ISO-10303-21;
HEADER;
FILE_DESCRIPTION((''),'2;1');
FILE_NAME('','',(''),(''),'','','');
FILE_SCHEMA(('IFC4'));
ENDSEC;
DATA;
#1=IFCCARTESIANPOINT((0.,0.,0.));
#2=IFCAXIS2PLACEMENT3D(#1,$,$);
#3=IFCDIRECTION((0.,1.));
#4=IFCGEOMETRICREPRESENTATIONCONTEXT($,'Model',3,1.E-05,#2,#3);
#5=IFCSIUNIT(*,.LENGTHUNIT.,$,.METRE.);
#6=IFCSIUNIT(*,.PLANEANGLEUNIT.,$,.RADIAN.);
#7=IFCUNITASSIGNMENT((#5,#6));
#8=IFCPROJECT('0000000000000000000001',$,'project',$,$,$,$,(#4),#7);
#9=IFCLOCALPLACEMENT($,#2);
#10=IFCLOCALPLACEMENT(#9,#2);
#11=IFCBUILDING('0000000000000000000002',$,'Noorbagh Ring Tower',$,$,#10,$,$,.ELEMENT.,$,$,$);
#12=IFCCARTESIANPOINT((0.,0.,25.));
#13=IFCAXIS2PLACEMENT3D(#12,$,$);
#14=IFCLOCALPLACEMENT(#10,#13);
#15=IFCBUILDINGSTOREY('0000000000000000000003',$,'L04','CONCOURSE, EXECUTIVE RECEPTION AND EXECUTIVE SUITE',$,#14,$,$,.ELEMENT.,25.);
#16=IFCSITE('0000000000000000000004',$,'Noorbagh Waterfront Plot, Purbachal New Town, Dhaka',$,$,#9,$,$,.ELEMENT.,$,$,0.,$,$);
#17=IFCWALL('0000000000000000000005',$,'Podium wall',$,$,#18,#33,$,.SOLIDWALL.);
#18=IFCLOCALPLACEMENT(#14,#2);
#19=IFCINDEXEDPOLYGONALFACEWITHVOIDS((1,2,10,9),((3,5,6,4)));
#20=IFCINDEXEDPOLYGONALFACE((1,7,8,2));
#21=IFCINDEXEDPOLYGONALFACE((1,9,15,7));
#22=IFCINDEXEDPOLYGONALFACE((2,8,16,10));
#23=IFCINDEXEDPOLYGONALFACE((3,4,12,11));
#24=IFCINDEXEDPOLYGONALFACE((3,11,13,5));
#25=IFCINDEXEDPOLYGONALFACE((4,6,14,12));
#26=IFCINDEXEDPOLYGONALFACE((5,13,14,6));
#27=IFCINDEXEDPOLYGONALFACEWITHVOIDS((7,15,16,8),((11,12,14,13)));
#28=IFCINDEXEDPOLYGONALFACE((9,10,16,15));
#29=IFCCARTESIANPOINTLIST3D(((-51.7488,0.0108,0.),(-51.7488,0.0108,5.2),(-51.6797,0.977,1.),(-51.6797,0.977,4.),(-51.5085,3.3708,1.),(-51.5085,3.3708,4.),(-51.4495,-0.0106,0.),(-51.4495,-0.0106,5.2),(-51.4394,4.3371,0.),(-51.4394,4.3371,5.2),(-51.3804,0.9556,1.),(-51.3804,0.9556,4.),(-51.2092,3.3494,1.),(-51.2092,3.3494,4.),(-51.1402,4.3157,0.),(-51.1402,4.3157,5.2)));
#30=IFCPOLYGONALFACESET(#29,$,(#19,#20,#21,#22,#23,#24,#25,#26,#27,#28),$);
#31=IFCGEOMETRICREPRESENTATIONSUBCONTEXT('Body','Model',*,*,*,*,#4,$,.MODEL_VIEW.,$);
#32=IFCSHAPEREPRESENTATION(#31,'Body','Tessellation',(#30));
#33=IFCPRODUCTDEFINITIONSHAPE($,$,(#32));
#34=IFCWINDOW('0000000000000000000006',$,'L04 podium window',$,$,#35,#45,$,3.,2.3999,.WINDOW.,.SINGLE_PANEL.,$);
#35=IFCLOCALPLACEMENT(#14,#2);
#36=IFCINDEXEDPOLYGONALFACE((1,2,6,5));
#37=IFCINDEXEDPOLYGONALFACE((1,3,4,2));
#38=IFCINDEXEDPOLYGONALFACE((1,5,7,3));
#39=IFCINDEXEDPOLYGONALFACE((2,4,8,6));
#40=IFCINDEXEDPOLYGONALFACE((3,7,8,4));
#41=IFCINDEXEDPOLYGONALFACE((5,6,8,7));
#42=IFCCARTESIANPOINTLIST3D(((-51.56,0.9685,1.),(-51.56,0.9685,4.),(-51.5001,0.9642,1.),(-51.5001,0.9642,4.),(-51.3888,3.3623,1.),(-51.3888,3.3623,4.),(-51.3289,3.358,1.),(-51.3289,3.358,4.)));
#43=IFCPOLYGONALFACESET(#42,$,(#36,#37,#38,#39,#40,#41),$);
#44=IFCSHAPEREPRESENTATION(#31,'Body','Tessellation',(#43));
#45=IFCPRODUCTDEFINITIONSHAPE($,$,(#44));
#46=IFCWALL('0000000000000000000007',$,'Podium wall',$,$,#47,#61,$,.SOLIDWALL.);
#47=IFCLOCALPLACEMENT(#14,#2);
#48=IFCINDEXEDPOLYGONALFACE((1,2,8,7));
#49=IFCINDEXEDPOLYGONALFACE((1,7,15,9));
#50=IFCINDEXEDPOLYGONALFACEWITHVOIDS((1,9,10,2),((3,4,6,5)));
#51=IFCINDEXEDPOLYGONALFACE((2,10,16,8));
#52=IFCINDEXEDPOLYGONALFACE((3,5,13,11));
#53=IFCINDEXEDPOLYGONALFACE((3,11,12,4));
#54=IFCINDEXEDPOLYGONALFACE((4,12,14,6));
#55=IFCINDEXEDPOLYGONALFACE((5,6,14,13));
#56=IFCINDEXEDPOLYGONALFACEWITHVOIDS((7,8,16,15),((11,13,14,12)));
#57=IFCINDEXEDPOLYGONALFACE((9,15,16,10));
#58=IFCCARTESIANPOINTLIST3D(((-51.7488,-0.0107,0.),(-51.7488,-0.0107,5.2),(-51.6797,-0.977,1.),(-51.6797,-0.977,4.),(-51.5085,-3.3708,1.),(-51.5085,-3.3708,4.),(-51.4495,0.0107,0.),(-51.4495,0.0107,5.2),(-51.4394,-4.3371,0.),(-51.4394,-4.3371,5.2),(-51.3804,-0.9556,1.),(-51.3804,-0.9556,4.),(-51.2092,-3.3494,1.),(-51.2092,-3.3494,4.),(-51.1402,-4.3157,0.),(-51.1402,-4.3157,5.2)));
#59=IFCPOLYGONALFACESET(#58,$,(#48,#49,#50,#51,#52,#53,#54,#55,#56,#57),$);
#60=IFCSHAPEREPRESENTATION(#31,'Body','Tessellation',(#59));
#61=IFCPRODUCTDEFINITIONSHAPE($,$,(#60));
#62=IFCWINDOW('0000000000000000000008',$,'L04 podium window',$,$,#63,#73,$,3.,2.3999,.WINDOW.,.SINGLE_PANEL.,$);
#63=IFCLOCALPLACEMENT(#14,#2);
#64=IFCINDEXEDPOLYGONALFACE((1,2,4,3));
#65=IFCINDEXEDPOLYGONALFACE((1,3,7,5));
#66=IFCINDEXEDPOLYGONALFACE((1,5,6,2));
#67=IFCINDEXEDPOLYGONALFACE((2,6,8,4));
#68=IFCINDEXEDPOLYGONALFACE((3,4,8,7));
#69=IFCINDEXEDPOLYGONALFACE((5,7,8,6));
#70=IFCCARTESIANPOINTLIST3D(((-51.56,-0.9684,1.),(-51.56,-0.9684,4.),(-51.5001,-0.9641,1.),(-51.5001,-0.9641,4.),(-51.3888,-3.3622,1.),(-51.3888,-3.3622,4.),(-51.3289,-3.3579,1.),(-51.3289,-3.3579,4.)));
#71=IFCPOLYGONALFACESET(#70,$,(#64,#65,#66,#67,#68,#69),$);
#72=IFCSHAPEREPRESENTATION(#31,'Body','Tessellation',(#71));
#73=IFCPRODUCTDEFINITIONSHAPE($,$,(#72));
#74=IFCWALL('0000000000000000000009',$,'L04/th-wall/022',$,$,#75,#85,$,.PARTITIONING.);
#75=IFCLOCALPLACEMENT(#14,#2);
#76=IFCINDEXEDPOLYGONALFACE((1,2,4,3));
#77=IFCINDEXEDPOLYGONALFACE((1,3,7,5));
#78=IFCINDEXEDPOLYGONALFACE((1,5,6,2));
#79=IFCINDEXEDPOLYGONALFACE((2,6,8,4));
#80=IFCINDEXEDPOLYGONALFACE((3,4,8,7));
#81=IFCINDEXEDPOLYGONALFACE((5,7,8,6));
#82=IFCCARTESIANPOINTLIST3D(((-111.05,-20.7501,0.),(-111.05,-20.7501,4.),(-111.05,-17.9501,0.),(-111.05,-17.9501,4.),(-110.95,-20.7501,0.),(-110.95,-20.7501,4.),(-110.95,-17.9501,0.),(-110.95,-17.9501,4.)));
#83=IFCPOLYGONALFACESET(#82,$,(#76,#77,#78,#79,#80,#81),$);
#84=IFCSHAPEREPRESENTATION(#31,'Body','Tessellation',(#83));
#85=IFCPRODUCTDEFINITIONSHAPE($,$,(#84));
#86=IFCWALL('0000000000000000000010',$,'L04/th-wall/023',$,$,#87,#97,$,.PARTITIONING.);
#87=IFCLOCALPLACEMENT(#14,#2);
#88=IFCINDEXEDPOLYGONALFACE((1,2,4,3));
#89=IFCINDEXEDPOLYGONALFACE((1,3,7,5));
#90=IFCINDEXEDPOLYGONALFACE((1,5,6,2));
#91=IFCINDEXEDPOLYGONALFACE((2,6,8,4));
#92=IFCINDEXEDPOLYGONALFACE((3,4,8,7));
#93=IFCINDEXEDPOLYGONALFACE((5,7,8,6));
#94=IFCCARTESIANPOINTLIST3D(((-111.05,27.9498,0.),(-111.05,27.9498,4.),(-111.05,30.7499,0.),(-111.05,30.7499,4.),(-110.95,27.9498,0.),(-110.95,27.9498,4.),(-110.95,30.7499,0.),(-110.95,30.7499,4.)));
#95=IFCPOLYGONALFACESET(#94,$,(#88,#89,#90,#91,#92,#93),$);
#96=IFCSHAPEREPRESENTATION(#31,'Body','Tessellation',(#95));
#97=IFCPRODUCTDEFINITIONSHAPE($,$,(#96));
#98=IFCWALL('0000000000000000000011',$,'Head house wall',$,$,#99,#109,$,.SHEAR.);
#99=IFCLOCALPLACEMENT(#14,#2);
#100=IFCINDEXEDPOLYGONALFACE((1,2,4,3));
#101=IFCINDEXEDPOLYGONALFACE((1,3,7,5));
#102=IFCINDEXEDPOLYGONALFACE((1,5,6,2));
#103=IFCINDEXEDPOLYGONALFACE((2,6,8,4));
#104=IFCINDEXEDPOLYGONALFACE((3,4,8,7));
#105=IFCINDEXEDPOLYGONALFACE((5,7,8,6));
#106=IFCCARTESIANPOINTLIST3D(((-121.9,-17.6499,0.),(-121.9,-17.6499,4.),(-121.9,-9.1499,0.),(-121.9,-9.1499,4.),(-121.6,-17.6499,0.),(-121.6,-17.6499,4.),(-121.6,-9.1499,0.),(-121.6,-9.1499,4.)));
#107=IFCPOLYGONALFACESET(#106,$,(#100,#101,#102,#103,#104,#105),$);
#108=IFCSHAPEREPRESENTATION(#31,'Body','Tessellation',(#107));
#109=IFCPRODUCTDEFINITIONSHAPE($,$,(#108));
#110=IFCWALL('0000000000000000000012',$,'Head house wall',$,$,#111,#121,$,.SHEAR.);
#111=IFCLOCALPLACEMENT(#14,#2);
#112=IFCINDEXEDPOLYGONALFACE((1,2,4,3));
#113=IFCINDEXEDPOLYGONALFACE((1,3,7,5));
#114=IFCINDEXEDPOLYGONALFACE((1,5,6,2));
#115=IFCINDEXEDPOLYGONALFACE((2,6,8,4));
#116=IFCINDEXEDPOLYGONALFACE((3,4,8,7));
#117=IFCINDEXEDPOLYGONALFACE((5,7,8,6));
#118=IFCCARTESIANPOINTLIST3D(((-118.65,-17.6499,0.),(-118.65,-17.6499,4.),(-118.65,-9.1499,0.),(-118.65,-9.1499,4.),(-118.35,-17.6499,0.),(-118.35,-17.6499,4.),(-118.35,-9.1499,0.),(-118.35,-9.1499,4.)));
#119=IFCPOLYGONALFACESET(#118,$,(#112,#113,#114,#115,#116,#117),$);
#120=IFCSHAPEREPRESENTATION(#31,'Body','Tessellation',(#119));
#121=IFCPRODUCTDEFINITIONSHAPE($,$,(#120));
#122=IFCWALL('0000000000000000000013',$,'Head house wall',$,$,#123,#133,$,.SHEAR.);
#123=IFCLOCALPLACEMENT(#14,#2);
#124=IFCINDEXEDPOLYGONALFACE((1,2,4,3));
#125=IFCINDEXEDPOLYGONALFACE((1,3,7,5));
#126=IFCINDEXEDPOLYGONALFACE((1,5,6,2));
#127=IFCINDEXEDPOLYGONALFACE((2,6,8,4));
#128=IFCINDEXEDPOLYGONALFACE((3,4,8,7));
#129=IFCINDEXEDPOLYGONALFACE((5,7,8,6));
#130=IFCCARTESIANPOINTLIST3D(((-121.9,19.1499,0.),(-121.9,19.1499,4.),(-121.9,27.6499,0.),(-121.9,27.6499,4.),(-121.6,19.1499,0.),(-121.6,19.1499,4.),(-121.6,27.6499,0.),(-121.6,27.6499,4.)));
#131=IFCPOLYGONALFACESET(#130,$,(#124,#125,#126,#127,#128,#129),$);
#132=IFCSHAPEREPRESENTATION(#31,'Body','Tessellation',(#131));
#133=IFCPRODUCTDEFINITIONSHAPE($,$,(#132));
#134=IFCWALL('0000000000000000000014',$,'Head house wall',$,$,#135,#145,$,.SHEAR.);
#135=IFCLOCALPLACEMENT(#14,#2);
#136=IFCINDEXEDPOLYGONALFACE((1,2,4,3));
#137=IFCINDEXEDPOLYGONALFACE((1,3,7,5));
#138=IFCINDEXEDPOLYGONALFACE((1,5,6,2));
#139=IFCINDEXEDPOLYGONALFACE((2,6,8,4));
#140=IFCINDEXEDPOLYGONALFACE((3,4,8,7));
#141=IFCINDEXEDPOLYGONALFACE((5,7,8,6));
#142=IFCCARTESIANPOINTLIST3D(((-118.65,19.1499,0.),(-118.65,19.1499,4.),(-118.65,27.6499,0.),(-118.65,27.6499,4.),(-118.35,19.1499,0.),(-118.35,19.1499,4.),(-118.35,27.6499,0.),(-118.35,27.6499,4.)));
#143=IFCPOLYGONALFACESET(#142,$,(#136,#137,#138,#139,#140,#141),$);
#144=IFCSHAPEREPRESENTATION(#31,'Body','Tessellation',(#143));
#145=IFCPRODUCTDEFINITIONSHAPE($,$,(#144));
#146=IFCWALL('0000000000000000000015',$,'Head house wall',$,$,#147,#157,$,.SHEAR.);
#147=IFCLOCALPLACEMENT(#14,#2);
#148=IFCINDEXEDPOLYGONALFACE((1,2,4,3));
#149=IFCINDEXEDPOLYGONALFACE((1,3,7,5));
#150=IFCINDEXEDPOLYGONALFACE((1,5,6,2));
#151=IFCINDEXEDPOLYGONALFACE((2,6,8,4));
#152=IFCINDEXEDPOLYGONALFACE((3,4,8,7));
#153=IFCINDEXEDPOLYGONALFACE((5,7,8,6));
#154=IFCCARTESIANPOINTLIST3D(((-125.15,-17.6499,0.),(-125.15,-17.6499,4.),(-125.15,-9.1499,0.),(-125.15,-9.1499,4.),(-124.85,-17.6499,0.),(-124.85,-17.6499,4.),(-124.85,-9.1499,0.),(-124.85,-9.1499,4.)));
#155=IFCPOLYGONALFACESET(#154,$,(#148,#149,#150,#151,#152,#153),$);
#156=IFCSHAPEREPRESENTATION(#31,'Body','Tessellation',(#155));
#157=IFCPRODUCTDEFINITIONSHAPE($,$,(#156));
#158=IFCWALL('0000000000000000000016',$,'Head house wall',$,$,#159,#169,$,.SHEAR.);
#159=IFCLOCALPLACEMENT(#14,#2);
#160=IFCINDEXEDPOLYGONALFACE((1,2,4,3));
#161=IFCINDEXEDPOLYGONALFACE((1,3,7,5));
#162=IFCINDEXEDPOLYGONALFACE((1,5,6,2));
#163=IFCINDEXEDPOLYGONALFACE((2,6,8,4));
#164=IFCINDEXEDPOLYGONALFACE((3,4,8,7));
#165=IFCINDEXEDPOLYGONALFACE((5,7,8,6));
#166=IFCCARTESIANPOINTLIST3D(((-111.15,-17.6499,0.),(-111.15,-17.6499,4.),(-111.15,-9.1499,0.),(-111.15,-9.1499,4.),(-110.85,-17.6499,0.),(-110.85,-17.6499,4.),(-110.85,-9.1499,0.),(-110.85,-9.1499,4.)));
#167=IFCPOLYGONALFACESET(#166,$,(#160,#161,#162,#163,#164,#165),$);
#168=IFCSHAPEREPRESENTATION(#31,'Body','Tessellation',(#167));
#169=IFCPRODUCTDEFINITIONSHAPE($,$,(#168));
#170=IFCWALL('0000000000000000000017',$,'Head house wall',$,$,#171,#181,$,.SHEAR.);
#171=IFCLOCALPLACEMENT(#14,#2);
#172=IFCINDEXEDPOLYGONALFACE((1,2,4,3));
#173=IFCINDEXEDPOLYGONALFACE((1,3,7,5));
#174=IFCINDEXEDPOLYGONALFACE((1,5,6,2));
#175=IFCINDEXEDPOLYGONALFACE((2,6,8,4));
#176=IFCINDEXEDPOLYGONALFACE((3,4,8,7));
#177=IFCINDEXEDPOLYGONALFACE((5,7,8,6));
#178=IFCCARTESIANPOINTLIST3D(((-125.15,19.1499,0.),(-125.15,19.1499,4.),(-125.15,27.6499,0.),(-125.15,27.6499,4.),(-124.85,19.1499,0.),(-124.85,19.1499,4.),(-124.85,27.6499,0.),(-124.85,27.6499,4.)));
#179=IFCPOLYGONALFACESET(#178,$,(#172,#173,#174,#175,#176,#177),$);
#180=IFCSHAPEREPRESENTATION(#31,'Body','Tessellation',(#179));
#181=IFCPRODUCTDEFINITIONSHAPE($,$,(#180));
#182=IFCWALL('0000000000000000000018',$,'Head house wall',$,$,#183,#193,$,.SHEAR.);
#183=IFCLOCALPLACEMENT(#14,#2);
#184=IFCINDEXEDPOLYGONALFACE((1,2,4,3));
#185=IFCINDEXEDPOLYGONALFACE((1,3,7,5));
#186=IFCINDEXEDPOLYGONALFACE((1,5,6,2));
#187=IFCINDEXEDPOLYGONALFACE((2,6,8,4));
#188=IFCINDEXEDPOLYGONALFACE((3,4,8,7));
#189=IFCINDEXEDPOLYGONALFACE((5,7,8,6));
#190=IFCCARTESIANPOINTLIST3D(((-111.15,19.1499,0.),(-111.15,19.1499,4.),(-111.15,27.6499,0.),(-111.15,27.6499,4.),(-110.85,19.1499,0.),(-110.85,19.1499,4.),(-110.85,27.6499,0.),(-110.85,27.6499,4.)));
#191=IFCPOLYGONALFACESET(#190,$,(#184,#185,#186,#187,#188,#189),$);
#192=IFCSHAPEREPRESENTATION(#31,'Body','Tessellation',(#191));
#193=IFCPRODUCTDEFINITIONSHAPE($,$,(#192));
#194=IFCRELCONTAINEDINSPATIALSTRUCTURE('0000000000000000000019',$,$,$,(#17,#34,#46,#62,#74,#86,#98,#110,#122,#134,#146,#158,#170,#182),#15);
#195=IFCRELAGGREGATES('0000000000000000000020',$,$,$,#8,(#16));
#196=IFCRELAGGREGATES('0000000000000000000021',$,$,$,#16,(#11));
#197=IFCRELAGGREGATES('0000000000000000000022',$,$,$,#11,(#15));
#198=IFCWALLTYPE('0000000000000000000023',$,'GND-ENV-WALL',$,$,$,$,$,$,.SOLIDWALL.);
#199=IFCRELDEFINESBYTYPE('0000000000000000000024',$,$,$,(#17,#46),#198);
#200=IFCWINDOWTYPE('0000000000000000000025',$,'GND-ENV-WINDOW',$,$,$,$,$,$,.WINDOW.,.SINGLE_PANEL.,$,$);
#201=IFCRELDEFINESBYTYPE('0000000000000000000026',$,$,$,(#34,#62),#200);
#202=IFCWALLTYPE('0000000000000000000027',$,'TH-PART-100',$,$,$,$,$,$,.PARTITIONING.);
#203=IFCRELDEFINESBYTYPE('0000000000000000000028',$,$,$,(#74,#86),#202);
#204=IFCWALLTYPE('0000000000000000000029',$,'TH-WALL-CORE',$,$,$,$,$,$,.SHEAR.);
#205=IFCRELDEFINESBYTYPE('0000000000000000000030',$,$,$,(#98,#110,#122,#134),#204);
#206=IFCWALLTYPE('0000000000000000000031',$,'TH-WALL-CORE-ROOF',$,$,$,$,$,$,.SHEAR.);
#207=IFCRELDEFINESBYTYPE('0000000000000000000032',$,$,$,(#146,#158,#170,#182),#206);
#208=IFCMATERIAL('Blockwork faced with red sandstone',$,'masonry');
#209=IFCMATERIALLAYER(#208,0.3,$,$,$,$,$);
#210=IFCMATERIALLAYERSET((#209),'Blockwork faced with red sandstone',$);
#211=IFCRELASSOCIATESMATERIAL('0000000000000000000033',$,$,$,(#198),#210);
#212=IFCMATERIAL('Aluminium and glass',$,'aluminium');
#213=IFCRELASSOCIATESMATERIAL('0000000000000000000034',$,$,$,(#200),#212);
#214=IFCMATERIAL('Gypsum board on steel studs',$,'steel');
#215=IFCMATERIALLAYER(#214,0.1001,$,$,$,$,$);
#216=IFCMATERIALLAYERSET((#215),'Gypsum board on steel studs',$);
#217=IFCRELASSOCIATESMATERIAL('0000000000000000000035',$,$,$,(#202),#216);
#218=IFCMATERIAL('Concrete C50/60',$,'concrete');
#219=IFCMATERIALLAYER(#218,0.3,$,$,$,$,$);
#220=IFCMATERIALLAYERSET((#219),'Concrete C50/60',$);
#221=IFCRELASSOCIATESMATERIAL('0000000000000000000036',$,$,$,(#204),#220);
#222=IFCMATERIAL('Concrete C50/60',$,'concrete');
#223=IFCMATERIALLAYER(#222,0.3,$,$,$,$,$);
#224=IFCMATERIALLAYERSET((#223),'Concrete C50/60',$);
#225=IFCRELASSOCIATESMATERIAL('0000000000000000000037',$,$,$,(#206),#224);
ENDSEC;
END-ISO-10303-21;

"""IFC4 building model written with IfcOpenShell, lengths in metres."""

from ifc_helpers import new_model, si_unit, direction, frame, frame_2d, origin, place, context, subcontext, project, spatial, rectangle, extrude, material, layer, layer_set, type_object, element, fill, save


model = new_model("IFC4")

# Units and contexts
model_context = context("Model", 3, precision=1e-05, world=origin(), true_north=direction((0.0, 1.0)))
body_context = subcontext(model_context, "Body", "Model", "MODEL_VIEW")
ifc_project = project(units=[si_unit("LENGTHUNIT", "METRE"), si_unit("PLANEANGLEUNIT", "RADIAN")], contexts=[model_context])

# Site, building, storey
site_placement = place(None, origin())
site = spatial("IfcSite", under=ifc_project, at=site_placement, Name="Noorbagh Waterfront Plot, Purbachal New Town, Dhaka", CompositionType="ELEMENT", RefElevation=0.0)
building_placement = place(site_placement, origin())
building = spatial("IfcBuilding", under=site, at=building_placement, Name="Noorbagh Ring Tower", CompositionType="ELEMENT")
storey_placement = place(building_placement, frame((0.0, 0.0, 25.0)))
storey = spatial("IfcBuildingStorey", under=building, at=storey_placement, Name="L04", Description="CONCOURSE, EXECUTIVE RECEPTION AND EXECUTIVE SUITE", CompositionType="ELEMENT", Elevation=25.0)

# Walls, openings, windows
ifc_material_1 = material(Name="Blockwork faced with red sandstone", Category="masonry")
ifc_layer_1 = layer(ifc_material_1, 0.3)
ifc_layer_set_1 = layer_set([ifc_layer_1], Name="Blockwork faced with red sandstone")
wall_type_1 = type_object("IfcWallType", Name="GND-ENV-WALL", PredefinedType="SOLIDWALL", material=ifc_layer_set_1)
wall_1_placement = place(storey_placement, frame((-51.2898, 4.3264, 0.0), z_axis=(0.0, 0.0, 1.0), x_axis=(-0.071315, -0.997454, 0.0)))
wall_1 = element("IfcWall", 1, at=wall_1_placement, inside=storey, type_object=wall_type_1, Name="Podium wall", PredefinedType="SOLIDWALL", context=body_context, shape_type="SweptSolid", body=[
    extrude(rectangle(XDim=4.3374, YDim=0.3, at=frame_2d((2.1687, 0.0))), origin(), (0.0, 0.0, 1.0), 5.2),
])
opening_1_placement = place(wall_1_placement, frame((0.9688, 0.0, 1.0)))
opening_1 = element("IfcOpeningElement", 2, at=opening_1_placement, cuts=wall_1, PredefinedType="OPENING", context=body_context, shape_type="SweptSolid", body=[
    extrude(rectangle(XDim=2.3999, YDim=3.0, at=frame_2d((1.2, 1.5))), frame((0.0, 0.1602, 0.0), z_axis=(0.0, -1.0, 0.0), x_axis=(1.0, 0.0, 0.0)), (0.0, 0.0, 1.0), 0.3201),
])
ifc_material_2 = material(Name="Aluminium and glass", Category="aluminium")
window_type = type_object("IfcWindowType", Name="GND-ENV-WINDOW", PartitioningType="SINGLE_PANEL", PredefinedType="WINDOW", material=ifc_material_2)
window_1_placement = place(opening_1_placement, origin())
window_1 = element("IfcWindow", 3, at=window_1_placement, inside=storey, type_object=window_type, Name="L04 podium window", OverallHeight=3.0, OverallWidth=2.3999, PartitioningType="SINGLE_PANEL", PredefinedType="WINDOW", context=body_context, shape_type="SweptSolid", body=[
    extrude(rectangle(XDim=2.3999, YDim=3.0, at=frame_2d((1.2, 1.5))), frame((0.0, 0.03, 0.0), z_axis=(0.0, -1.0, 0.0), x_axis=(1.0, 0.0, 0.0)), (0.0, 0.0, 1.0), 0.0601),
])
fill(opening_1, window_1)
wall_2_placement = place(storey_placement, frame((-51.5991, 0.0, 0.0), z_axis=(0.0, 0.0, 1.0), x_axis=(0.071315, -0.997454, 0.0)))
wall_2 = element("IfcWall", 4, at=wall_2_placement, inside=storey, type_object=wall_type_1, Name="Podium wall", PredefinedType="SOLIDWALL", context=body_context, shape_type="SweptSolid", body=[
    extrude(rectangle(XDim=4.3374, YDim=0.3, at=frame_2d((2.1687, 0.0))), origin(), (0.0, 0.0, 1.0), 5.2),
])
opening_2_placement = place(wall_2_placement, frame((0.9688, 0.0, 1.0)))
opening_2 = element("IfcOpeningElement", 5, at=opening_2_placement, cuts=wall_2, PredefinedType="OPENING", context=body_context, shape_type="SweptSolid", body=[
    extrude(rectangle(XDim=2.3999, YDim=3.0, at=frame_2d((1.2, 1.5))), frame((0.0, 0.1602, 0.0), z_axis=(0.0, -1.0, 0.0), x_axis=(1.0, 0.0, 0.0)), (0.0, 0.0, 1.0), 0.3201),
])
window_2_placement = place(opening_2_placement, origin())
window_2 = element("IfcWindow", 6, at=window_2_placement, inside=storey, type_object=window_type, Name="L04 podium window", OverallHeight=3.0, OverallWidth=2.3999, PartitioningType="SINGLE_PANEL", PredefinedType="WINDOW", context=body_context, shape_type="SweptSolid", body=[
    extrude(rectangle(XDim=2.3999, YDim=3.0, at=frame_2d((1.2, 1.5))), frame((0.0, 0.03, 0.0), z_axis=(0.0, -1.0, 0.0), x_axis=(1.0, 0.0, 0.0)), (0.0, 0.0, 1.0), 0.0601),
])
fill(opening_2, window_2)

# Walls
ifc_material_3 = material(Name="Gypsum board on steel studs", Category="steel")
ifc_layer_2 = layer(ifc_material_3, 0.1001)
ifc_layer_set_2 = layer_set([ifc_layer_2], Name="Gypsum board on steel studs")
wall_type_2 = type_object("IfcWallType", Name="TH-PART-100", PredefinedType="PARTITIONING", material=ifc_layer_set_2)
for number, where, z_axis, x_axis, name in (
    (7, (-111.0, -20.75, 0.0), (0.0, 0.0, 1.0), (0.0, 1.0, 0.0), "L04/th-wall/022"),
    (8, (-111.0, 27.95, 0.0), (0.0, 0.0, 1.0), (0.0, 1.0, 0.0), "L04/th-wall/023"),
):
    element("IfcWall", number, at=place(storey_placement, frame(where, z_axis=z_axis, x_axis=x_axis)), inside=storey, type_object=wall_type_2, Name=name, PredefinedType="PARTITIONING", context=body_context, shape_type="SweptSolid", body=[
        extrude(rectangle(XDim=2.8, YDim=0.1001, at=frame_2d((1.3999, 0.0))), origin(), (0.0, 0.0, 1.0), 4.0),
    ])
ifc_material_4 = material(Name="Concrete C50/60", Category="concrete")
ifc_layer_3 = layer(ifc_material_4, 0.3)
ifc_layer_set_3 = layer_set([ifc_layer_3], Name="Concrete C50/60")
wall_type_3 = type_object("IfcWallType", Name="TH-WALL-CORE", PredefinedType="SHEAR", material=ifc_layer_set_3)
for number, where, z_axis, x_axis, name in (
    (9, (-121.75, -17.6499, 0.0), (0.0, 0.0, 1.0), (0.0, 1.0, 0.0), "Head house wall"),
    (10, (-118.5, -17.6499, 0.0), (0.0, 0.0, 1.0), (0.0, 1.0, 0.0), "Head house wall"),
    (11, (-121.75, 19.1499, 0.0), (0.0, 0.0, 1.0), (0.0, 1.0, 0.0), "Head house wall"),
    (12, (-118.5, 19.1499, 0.0), (0.0, 0.0, 1.0), (0.0, 1.0, 0.0), "Head house wall"),
):
    element("IfcWall", number, at=place(storey_placement, frame(where, z_axis=z_axis, x_axis=x_axis)), inside=storey, type_object=wall_type_3, Name=name, PredefinedType="SHEAR", context=body_context, shape_type="SweptSolid", body=[
        extrude(rectangle(XDim=8.5, YDim=0.3, at=frame_2d((4.25, 0.0))), origin(), (0.0, 0.0, 1.0), 4.0),
    ])
ifc_material_5 = material(Name="Concrete C50/60", Category="concrete")
ifc_layer_4 = layer(ifc_material_5, 0.3)
ifc_layer_set_4 = layer_set([ifc_layer_4], Name="Concrete C50/60")
wall_type_4 = type_object("IfcWallType", Name="TH-WALL-CORE-ROOF", PredefinedType="SHEAR", material=ifc_layer_set_4)
for number, where, z_axis, x_axis, name in (
    (13, (-125.0, -17.6499, 0.0), (0.0, 0.0, 1.0), (0.0, 1.0, 0.0), "Head house wall"),
    (14, (-111.0, -17.6499, 0.0), (0.0, 0.0, 1.0), (0.0, 1.0, 0.0), "Head house wall"),
    (15, (-125.0, 19.1499, 0.0), (0.0, 0.0, 1.0), (0.0, 1.0, 0.0), "Head house wall"),
    (16, (-111.0, 19.1499, 0.0), (0.0, 0.0, 1.0), (0.0, 1.0, 0.0), "Head house wall"),
):
    element("IfcWall", number, at=place(storey_placement, frame(where, z_axis=z_axis, x_axis=x_axis)), inside=storey, type_object=wall_type_4, Name=name, PredefinedType="SHEAR", context=body_context, shape_type="SweptSolid", body=[
        extrude(rectangle(XDim=8.5, YDim=0.3, at=frame_2d((4.25, 0.0))), origin(), (0.0, 0.0, 1.0), 4.0),
    ])

save(model, "model.ifc")
